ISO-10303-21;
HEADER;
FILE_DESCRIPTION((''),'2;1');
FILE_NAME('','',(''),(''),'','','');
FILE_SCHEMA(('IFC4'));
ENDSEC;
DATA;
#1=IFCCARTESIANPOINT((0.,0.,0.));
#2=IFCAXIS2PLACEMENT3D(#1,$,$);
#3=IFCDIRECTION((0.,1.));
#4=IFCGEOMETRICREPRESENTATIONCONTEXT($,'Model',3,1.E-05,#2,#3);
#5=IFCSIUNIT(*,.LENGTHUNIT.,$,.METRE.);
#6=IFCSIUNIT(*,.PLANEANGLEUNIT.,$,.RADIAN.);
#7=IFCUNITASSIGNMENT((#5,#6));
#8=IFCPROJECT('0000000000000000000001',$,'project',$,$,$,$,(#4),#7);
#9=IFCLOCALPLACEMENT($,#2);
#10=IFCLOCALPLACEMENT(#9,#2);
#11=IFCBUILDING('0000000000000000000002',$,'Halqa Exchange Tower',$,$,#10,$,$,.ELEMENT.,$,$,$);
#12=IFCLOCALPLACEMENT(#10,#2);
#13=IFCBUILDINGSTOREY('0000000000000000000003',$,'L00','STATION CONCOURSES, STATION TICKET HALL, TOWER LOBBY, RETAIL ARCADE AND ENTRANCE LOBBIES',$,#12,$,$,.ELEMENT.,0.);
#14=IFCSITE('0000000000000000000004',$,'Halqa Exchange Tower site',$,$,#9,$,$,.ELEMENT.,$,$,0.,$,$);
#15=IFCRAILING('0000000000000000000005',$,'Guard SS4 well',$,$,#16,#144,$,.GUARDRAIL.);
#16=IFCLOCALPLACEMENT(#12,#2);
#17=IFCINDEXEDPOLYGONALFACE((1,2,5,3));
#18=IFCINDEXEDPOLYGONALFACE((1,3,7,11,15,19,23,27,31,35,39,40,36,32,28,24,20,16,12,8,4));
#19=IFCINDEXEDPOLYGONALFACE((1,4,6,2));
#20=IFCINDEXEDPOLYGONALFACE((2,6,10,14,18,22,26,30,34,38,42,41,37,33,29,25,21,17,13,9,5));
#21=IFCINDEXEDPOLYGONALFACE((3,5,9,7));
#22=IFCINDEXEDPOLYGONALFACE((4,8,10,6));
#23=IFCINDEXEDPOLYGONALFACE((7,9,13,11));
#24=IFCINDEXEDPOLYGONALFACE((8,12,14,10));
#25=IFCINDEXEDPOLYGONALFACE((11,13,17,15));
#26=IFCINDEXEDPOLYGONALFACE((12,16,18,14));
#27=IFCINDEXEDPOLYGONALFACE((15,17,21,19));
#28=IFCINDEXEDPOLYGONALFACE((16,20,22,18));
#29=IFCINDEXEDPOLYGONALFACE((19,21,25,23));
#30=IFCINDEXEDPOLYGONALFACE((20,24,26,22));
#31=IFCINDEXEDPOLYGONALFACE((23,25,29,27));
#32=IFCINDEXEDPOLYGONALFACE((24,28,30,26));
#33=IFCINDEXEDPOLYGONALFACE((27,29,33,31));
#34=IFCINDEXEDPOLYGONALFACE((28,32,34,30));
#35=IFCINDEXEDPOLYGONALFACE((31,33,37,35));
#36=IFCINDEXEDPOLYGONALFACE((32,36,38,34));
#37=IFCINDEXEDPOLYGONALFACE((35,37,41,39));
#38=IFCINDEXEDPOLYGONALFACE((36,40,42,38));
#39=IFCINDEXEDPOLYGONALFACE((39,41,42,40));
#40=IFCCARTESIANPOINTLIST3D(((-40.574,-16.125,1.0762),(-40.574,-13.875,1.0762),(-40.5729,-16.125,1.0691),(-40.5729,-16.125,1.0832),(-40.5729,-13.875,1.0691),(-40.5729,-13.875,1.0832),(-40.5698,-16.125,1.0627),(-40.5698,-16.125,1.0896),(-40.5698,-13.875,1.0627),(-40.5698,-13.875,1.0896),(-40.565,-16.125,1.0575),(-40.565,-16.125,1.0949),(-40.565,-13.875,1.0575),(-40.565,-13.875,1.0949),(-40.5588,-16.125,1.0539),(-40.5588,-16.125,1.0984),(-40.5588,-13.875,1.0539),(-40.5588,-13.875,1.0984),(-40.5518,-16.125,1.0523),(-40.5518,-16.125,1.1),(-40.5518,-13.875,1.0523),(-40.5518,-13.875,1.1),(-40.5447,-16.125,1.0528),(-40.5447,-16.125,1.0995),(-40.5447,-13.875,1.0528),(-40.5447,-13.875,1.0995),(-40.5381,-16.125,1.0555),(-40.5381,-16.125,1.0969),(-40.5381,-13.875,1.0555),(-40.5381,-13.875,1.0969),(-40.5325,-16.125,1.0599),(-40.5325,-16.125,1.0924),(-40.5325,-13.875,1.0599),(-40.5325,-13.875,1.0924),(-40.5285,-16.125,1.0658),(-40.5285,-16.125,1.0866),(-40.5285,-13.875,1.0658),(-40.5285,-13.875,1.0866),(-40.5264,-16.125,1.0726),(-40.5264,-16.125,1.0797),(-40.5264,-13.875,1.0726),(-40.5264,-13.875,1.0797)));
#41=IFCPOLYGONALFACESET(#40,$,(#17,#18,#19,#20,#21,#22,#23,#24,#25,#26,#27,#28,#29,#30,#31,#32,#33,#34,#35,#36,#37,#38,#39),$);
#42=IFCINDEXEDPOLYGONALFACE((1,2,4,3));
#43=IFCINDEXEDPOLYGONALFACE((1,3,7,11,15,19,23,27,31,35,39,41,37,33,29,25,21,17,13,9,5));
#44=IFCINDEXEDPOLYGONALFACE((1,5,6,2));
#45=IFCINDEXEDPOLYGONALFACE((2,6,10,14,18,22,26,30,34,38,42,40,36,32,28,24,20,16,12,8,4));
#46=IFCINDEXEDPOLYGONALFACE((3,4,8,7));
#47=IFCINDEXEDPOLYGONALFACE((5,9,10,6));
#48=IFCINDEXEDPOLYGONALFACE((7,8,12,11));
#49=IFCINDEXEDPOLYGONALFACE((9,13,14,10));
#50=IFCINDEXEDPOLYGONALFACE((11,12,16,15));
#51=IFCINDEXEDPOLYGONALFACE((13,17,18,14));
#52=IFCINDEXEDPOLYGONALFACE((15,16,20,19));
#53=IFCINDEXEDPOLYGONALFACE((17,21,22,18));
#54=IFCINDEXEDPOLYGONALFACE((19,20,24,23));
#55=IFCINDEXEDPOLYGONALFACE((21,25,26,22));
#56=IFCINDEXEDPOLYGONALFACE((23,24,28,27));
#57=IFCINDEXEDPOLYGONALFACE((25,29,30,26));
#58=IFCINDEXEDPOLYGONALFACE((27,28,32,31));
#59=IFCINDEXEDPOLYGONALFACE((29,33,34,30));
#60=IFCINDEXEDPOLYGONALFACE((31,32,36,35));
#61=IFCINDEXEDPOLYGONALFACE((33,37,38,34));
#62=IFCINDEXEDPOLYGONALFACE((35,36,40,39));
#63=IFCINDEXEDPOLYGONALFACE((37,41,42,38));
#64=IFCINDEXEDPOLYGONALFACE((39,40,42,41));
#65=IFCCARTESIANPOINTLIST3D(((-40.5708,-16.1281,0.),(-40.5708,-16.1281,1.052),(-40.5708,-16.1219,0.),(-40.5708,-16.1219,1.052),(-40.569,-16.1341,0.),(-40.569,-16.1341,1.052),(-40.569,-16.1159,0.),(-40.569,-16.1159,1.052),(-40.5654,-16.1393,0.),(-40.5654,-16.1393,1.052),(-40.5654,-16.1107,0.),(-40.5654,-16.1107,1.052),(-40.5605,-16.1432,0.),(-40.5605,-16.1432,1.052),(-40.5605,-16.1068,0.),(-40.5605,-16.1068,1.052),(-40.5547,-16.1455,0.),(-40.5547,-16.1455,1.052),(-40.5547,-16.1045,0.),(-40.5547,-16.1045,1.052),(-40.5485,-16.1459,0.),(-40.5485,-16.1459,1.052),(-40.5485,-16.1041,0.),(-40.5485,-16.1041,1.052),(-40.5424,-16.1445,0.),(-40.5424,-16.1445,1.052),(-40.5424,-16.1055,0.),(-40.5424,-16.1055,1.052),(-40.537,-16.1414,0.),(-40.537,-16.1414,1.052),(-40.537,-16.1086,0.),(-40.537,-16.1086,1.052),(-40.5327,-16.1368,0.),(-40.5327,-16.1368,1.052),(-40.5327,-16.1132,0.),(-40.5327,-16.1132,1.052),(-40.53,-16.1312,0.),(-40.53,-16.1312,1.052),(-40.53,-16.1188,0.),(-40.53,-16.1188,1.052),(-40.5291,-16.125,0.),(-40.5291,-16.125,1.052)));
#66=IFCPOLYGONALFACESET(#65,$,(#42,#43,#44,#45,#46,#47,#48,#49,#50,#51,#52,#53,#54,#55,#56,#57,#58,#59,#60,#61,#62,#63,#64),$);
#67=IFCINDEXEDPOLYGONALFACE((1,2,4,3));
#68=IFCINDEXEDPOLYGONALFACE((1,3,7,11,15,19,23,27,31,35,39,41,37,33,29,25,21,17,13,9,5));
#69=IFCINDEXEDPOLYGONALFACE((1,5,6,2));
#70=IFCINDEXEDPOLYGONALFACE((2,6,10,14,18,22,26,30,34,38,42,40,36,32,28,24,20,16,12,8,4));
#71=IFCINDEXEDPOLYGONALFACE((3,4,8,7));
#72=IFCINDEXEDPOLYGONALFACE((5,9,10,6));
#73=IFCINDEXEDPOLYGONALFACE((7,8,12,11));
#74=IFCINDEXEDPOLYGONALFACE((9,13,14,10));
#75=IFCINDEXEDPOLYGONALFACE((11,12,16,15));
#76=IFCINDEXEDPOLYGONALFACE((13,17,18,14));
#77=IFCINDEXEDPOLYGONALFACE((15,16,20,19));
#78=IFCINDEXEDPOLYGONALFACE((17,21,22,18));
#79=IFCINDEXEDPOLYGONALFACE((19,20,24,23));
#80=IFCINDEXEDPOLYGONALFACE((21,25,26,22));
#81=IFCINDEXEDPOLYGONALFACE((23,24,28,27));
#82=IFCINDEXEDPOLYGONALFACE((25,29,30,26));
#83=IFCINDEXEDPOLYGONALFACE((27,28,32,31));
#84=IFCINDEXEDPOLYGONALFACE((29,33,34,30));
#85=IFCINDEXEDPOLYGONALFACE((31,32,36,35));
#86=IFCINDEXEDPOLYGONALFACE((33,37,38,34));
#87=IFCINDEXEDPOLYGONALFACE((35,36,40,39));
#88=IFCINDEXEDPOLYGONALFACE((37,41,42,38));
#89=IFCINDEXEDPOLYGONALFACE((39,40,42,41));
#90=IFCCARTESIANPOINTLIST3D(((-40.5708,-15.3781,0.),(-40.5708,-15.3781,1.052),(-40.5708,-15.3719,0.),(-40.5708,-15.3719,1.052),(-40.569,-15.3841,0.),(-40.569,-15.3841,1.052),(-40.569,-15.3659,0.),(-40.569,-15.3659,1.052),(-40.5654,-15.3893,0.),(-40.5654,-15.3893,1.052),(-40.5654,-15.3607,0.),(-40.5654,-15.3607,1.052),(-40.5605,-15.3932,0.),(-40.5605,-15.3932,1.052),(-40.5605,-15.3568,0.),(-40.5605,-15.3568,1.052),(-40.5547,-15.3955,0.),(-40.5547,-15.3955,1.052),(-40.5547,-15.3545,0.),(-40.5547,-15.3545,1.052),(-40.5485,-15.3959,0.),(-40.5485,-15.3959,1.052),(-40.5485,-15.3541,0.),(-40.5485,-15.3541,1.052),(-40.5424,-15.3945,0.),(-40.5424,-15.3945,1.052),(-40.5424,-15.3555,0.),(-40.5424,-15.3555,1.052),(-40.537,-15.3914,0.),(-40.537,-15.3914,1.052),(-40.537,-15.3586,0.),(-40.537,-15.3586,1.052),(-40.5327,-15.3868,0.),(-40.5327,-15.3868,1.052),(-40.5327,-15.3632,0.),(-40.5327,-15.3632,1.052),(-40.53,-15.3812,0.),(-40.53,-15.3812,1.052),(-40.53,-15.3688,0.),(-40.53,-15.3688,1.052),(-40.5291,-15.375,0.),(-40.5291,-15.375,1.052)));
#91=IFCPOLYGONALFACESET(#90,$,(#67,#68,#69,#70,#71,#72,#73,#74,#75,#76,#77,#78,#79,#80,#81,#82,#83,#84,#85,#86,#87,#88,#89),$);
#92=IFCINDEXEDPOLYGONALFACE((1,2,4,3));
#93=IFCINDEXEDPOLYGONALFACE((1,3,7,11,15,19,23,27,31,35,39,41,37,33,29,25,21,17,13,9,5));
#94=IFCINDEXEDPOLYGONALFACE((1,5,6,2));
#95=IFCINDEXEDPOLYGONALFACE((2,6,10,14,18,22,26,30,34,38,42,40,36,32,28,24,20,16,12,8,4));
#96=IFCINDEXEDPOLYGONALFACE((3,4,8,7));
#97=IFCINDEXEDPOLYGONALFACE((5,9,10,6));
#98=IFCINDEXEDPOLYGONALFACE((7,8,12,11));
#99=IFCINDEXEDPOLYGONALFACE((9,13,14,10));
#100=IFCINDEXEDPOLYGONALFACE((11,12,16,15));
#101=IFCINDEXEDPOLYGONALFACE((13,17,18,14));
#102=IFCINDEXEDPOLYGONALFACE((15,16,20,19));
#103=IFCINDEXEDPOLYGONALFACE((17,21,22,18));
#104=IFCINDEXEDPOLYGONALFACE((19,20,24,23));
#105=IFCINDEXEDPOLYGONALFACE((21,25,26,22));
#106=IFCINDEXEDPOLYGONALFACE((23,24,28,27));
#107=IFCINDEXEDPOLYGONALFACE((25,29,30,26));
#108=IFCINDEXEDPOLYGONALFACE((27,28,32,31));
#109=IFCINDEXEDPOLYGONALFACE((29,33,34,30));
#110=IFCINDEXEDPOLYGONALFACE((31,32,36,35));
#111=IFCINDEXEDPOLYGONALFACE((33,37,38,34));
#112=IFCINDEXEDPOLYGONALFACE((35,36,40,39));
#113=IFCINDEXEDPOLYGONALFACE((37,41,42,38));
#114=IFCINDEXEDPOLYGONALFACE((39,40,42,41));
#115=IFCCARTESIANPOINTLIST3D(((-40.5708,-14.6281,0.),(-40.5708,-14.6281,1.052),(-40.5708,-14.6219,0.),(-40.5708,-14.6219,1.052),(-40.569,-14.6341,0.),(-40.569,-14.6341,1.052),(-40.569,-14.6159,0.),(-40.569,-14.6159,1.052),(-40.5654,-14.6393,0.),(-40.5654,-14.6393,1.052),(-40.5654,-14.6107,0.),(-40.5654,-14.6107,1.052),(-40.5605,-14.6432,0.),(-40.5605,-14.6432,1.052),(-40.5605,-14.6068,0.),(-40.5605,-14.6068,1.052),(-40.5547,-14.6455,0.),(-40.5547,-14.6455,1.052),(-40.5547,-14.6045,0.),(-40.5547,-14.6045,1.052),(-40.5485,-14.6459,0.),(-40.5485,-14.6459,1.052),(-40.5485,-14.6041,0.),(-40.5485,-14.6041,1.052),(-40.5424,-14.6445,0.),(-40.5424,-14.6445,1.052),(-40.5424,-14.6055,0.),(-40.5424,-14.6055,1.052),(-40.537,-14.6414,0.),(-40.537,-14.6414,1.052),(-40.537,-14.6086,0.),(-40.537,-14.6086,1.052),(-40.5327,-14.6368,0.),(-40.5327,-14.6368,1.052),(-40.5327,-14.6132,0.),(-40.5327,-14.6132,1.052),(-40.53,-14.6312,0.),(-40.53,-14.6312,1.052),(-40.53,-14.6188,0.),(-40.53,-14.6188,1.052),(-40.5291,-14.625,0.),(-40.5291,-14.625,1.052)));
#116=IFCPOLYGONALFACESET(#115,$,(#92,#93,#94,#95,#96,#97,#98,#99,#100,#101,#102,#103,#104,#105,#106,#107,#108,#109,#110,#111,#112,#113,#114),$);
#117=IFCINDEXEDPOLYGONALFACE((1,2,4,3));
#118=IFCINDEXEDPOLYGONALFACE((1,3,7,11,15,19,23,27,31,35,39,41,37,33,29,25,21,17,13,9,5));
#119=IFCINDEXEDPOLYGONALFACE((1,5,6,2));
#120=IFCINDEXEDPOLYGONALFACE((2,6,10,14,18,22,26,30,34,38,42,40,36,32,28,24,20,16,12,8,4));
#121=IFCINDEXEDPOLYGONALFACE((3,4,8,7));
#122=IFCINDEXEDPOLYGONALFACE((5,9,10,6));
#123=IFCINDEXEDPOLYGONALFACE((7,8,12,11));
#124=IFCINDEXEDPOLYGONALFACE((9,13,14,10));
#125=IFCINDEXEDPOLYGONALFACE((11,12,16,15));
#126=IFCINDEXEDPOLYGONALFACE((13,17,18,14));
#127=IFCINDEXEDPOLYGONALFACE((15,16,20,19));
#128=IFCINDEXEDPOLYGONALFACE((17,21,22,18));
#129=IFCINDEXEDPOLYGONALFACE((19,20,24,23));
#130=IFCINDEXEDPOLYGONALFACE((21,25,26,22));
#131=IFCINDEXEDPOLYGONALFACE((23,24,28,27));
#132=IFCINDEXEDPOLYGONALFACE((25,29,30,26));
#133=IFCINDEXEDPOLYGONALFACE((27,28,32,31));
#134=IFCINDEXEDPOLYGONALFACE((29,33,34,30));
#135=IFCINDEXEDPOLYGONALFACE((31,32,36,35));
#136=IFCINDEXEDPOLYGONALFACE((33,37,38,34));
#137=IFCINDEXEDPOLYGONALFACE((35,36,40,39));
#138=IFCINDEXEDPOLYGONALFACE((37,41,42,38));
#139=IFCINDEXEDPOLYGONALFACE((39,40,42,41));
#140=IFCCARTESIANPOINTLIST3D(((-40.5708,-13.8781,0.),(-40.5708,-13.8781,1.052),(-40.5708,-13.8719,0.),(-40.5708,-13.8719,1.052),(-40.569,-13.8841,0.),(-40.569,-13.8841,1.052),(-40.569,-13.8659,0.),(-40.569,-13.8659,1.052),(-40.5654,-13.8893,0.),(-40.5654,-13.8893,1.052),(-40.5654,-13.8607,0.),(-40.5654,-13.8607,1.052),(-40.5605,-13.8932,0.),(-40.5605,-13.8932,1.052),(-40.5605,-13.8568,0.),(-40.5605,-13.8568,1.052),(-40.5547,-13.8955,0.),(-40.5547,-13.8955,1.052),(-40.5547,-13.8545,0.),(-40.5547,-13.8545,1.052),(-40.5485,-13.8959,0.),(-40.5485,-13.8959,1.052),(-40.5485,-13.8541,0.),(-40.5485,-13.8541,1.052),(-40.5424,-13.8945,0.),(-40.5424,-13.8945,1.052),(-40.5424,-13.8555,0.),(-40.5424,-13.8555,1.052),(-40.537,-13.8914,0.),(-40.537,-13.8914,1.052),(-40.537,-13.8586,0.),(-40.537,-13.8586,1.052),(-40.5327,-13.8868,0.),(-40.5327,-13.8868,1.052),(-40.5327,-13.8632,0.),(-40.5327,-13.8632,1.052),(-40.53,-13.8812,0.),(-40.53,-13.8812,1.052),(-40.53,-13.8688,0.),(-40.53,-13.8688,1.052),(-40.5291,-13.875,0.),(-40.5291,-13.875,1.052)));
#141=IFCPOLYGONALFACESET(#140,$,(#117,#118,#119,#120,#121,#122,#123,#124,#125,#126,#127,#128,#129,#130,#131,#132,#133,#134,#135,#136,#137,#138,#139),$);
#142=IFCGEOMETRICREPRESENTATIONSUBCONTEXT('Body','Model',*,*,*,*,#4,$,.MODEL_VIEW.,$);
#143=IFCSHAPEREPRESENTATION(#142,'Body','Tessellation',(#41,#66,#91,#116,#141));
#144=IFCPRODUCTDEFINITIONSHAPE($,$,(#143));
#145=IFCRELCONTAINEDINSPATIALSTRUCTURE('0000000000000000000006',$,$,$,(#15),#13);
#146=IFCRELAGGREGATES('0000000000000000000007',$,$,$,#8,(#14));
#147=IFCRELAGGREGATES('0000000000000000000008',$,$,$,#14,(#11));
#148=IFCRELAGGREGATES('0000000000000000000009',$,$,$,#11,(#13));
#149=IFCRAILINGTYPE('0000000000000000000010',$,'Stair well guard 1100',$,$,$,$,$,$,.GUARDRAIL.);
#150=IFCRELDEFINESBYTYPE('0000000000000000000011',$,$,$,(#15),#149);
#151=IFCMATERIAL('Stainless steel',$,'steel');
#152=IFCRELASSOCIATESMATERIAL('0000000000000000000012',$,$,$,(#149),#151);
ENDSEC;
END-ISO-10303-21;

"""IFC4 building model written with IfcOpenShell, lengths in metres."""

from ifc_helpers import new_model, si_unit, direction, frame, origin, origin_2d, place, context, subcontext, project, spatial, circle, extrude, material, type_object, element, save


model = new_model("IFC4")

# Units and contexts
model_context = context("Model", 3, precision=1e-05, world=origin(), true_north=direction((0.0, 1.0)))
body_context = subcontext(model_context, "Body", "Model", "MODEL_VIEW")
ifc_project = project(units=[si_unit("LENGTHUNIT", "METRE"), si_unit("PLANEANGLEUNIT", "RADIAN")], contexts=[model_context])

# Site, building, storey
site_placement = place(None, origin())
site = spatial("IfcSite", under=ifc_project, at=site_placement, Name="Halqa Exchange Tower site", CompositionType="ELEMENT", RefElevation=0.0)
building_placement = place(site_placement, origin())
building = spatial("IfcBuilding", under=site, at=building_placement, Name="Halqa Exchange Tower", CompositionType="ELEMENT")
storey_placement = place(building_placement, origin())
storey = spatial("IfcBuildingStorey", under=building, at=storey_placement, Name="L00", Description="STATION CONCOURSES, STATION TICKET HALL, TOWER LOBBY, RETAIL ARCADE AND ENTRANCE LOBBIES", CompositionType="ELEMENT", Elevation=0.0)

# Railing
ifc_material_1 = material(Name="Stainless steel", Category="steel")
railing_type = type_object("IfcRailingType", Name="Stair well guard 1100", PredefinedType="GUARDRAIL", material=ifc_material_1)
railing_placement = place(storey_placement, frame((-40.55, -16.125, 0.0)))
element("IfcRailing", 1, at=railing_placement, inside=storey, type_object=railing_type, Name="Guard SS4 well", PredefinedType="GUARDRAIL", context=body_context, shape_type="SweptSolid", body=[
    extrude(circle(Radius=0.0239, at=origin_2d()), frame((0.0, 0.0, 1.0762), z_axis=(0.0, 1.0, 0.0), x_axis=(-1.0, 0.0, 0.0)), (0.0, 0.0, 1.0), 2.25),
    extrude(circle(Radius=0.021, at=origin_2d()), origin(), (0.0, 0.0, 1.0), 1.052),
    extrude(circle(Radius=0.021, at=origin_2d()), frame((0.0, 0.75, 0.0)), (0.0, 0.0, 1.0), 1.052),
    extrude(circle(Radius=0.021, at=origin_2d()), frame((0.0, 1.5, 0.0)), (0.0, 0.0, 1.0), 1.052),
    extrude(circle(Radius=0.021, at=origin_2d()), frame((0.0, 2.25, 0.0)), (0.0, 0.0, 1.0), 1.052),
])

save(model, "model.ifc")
